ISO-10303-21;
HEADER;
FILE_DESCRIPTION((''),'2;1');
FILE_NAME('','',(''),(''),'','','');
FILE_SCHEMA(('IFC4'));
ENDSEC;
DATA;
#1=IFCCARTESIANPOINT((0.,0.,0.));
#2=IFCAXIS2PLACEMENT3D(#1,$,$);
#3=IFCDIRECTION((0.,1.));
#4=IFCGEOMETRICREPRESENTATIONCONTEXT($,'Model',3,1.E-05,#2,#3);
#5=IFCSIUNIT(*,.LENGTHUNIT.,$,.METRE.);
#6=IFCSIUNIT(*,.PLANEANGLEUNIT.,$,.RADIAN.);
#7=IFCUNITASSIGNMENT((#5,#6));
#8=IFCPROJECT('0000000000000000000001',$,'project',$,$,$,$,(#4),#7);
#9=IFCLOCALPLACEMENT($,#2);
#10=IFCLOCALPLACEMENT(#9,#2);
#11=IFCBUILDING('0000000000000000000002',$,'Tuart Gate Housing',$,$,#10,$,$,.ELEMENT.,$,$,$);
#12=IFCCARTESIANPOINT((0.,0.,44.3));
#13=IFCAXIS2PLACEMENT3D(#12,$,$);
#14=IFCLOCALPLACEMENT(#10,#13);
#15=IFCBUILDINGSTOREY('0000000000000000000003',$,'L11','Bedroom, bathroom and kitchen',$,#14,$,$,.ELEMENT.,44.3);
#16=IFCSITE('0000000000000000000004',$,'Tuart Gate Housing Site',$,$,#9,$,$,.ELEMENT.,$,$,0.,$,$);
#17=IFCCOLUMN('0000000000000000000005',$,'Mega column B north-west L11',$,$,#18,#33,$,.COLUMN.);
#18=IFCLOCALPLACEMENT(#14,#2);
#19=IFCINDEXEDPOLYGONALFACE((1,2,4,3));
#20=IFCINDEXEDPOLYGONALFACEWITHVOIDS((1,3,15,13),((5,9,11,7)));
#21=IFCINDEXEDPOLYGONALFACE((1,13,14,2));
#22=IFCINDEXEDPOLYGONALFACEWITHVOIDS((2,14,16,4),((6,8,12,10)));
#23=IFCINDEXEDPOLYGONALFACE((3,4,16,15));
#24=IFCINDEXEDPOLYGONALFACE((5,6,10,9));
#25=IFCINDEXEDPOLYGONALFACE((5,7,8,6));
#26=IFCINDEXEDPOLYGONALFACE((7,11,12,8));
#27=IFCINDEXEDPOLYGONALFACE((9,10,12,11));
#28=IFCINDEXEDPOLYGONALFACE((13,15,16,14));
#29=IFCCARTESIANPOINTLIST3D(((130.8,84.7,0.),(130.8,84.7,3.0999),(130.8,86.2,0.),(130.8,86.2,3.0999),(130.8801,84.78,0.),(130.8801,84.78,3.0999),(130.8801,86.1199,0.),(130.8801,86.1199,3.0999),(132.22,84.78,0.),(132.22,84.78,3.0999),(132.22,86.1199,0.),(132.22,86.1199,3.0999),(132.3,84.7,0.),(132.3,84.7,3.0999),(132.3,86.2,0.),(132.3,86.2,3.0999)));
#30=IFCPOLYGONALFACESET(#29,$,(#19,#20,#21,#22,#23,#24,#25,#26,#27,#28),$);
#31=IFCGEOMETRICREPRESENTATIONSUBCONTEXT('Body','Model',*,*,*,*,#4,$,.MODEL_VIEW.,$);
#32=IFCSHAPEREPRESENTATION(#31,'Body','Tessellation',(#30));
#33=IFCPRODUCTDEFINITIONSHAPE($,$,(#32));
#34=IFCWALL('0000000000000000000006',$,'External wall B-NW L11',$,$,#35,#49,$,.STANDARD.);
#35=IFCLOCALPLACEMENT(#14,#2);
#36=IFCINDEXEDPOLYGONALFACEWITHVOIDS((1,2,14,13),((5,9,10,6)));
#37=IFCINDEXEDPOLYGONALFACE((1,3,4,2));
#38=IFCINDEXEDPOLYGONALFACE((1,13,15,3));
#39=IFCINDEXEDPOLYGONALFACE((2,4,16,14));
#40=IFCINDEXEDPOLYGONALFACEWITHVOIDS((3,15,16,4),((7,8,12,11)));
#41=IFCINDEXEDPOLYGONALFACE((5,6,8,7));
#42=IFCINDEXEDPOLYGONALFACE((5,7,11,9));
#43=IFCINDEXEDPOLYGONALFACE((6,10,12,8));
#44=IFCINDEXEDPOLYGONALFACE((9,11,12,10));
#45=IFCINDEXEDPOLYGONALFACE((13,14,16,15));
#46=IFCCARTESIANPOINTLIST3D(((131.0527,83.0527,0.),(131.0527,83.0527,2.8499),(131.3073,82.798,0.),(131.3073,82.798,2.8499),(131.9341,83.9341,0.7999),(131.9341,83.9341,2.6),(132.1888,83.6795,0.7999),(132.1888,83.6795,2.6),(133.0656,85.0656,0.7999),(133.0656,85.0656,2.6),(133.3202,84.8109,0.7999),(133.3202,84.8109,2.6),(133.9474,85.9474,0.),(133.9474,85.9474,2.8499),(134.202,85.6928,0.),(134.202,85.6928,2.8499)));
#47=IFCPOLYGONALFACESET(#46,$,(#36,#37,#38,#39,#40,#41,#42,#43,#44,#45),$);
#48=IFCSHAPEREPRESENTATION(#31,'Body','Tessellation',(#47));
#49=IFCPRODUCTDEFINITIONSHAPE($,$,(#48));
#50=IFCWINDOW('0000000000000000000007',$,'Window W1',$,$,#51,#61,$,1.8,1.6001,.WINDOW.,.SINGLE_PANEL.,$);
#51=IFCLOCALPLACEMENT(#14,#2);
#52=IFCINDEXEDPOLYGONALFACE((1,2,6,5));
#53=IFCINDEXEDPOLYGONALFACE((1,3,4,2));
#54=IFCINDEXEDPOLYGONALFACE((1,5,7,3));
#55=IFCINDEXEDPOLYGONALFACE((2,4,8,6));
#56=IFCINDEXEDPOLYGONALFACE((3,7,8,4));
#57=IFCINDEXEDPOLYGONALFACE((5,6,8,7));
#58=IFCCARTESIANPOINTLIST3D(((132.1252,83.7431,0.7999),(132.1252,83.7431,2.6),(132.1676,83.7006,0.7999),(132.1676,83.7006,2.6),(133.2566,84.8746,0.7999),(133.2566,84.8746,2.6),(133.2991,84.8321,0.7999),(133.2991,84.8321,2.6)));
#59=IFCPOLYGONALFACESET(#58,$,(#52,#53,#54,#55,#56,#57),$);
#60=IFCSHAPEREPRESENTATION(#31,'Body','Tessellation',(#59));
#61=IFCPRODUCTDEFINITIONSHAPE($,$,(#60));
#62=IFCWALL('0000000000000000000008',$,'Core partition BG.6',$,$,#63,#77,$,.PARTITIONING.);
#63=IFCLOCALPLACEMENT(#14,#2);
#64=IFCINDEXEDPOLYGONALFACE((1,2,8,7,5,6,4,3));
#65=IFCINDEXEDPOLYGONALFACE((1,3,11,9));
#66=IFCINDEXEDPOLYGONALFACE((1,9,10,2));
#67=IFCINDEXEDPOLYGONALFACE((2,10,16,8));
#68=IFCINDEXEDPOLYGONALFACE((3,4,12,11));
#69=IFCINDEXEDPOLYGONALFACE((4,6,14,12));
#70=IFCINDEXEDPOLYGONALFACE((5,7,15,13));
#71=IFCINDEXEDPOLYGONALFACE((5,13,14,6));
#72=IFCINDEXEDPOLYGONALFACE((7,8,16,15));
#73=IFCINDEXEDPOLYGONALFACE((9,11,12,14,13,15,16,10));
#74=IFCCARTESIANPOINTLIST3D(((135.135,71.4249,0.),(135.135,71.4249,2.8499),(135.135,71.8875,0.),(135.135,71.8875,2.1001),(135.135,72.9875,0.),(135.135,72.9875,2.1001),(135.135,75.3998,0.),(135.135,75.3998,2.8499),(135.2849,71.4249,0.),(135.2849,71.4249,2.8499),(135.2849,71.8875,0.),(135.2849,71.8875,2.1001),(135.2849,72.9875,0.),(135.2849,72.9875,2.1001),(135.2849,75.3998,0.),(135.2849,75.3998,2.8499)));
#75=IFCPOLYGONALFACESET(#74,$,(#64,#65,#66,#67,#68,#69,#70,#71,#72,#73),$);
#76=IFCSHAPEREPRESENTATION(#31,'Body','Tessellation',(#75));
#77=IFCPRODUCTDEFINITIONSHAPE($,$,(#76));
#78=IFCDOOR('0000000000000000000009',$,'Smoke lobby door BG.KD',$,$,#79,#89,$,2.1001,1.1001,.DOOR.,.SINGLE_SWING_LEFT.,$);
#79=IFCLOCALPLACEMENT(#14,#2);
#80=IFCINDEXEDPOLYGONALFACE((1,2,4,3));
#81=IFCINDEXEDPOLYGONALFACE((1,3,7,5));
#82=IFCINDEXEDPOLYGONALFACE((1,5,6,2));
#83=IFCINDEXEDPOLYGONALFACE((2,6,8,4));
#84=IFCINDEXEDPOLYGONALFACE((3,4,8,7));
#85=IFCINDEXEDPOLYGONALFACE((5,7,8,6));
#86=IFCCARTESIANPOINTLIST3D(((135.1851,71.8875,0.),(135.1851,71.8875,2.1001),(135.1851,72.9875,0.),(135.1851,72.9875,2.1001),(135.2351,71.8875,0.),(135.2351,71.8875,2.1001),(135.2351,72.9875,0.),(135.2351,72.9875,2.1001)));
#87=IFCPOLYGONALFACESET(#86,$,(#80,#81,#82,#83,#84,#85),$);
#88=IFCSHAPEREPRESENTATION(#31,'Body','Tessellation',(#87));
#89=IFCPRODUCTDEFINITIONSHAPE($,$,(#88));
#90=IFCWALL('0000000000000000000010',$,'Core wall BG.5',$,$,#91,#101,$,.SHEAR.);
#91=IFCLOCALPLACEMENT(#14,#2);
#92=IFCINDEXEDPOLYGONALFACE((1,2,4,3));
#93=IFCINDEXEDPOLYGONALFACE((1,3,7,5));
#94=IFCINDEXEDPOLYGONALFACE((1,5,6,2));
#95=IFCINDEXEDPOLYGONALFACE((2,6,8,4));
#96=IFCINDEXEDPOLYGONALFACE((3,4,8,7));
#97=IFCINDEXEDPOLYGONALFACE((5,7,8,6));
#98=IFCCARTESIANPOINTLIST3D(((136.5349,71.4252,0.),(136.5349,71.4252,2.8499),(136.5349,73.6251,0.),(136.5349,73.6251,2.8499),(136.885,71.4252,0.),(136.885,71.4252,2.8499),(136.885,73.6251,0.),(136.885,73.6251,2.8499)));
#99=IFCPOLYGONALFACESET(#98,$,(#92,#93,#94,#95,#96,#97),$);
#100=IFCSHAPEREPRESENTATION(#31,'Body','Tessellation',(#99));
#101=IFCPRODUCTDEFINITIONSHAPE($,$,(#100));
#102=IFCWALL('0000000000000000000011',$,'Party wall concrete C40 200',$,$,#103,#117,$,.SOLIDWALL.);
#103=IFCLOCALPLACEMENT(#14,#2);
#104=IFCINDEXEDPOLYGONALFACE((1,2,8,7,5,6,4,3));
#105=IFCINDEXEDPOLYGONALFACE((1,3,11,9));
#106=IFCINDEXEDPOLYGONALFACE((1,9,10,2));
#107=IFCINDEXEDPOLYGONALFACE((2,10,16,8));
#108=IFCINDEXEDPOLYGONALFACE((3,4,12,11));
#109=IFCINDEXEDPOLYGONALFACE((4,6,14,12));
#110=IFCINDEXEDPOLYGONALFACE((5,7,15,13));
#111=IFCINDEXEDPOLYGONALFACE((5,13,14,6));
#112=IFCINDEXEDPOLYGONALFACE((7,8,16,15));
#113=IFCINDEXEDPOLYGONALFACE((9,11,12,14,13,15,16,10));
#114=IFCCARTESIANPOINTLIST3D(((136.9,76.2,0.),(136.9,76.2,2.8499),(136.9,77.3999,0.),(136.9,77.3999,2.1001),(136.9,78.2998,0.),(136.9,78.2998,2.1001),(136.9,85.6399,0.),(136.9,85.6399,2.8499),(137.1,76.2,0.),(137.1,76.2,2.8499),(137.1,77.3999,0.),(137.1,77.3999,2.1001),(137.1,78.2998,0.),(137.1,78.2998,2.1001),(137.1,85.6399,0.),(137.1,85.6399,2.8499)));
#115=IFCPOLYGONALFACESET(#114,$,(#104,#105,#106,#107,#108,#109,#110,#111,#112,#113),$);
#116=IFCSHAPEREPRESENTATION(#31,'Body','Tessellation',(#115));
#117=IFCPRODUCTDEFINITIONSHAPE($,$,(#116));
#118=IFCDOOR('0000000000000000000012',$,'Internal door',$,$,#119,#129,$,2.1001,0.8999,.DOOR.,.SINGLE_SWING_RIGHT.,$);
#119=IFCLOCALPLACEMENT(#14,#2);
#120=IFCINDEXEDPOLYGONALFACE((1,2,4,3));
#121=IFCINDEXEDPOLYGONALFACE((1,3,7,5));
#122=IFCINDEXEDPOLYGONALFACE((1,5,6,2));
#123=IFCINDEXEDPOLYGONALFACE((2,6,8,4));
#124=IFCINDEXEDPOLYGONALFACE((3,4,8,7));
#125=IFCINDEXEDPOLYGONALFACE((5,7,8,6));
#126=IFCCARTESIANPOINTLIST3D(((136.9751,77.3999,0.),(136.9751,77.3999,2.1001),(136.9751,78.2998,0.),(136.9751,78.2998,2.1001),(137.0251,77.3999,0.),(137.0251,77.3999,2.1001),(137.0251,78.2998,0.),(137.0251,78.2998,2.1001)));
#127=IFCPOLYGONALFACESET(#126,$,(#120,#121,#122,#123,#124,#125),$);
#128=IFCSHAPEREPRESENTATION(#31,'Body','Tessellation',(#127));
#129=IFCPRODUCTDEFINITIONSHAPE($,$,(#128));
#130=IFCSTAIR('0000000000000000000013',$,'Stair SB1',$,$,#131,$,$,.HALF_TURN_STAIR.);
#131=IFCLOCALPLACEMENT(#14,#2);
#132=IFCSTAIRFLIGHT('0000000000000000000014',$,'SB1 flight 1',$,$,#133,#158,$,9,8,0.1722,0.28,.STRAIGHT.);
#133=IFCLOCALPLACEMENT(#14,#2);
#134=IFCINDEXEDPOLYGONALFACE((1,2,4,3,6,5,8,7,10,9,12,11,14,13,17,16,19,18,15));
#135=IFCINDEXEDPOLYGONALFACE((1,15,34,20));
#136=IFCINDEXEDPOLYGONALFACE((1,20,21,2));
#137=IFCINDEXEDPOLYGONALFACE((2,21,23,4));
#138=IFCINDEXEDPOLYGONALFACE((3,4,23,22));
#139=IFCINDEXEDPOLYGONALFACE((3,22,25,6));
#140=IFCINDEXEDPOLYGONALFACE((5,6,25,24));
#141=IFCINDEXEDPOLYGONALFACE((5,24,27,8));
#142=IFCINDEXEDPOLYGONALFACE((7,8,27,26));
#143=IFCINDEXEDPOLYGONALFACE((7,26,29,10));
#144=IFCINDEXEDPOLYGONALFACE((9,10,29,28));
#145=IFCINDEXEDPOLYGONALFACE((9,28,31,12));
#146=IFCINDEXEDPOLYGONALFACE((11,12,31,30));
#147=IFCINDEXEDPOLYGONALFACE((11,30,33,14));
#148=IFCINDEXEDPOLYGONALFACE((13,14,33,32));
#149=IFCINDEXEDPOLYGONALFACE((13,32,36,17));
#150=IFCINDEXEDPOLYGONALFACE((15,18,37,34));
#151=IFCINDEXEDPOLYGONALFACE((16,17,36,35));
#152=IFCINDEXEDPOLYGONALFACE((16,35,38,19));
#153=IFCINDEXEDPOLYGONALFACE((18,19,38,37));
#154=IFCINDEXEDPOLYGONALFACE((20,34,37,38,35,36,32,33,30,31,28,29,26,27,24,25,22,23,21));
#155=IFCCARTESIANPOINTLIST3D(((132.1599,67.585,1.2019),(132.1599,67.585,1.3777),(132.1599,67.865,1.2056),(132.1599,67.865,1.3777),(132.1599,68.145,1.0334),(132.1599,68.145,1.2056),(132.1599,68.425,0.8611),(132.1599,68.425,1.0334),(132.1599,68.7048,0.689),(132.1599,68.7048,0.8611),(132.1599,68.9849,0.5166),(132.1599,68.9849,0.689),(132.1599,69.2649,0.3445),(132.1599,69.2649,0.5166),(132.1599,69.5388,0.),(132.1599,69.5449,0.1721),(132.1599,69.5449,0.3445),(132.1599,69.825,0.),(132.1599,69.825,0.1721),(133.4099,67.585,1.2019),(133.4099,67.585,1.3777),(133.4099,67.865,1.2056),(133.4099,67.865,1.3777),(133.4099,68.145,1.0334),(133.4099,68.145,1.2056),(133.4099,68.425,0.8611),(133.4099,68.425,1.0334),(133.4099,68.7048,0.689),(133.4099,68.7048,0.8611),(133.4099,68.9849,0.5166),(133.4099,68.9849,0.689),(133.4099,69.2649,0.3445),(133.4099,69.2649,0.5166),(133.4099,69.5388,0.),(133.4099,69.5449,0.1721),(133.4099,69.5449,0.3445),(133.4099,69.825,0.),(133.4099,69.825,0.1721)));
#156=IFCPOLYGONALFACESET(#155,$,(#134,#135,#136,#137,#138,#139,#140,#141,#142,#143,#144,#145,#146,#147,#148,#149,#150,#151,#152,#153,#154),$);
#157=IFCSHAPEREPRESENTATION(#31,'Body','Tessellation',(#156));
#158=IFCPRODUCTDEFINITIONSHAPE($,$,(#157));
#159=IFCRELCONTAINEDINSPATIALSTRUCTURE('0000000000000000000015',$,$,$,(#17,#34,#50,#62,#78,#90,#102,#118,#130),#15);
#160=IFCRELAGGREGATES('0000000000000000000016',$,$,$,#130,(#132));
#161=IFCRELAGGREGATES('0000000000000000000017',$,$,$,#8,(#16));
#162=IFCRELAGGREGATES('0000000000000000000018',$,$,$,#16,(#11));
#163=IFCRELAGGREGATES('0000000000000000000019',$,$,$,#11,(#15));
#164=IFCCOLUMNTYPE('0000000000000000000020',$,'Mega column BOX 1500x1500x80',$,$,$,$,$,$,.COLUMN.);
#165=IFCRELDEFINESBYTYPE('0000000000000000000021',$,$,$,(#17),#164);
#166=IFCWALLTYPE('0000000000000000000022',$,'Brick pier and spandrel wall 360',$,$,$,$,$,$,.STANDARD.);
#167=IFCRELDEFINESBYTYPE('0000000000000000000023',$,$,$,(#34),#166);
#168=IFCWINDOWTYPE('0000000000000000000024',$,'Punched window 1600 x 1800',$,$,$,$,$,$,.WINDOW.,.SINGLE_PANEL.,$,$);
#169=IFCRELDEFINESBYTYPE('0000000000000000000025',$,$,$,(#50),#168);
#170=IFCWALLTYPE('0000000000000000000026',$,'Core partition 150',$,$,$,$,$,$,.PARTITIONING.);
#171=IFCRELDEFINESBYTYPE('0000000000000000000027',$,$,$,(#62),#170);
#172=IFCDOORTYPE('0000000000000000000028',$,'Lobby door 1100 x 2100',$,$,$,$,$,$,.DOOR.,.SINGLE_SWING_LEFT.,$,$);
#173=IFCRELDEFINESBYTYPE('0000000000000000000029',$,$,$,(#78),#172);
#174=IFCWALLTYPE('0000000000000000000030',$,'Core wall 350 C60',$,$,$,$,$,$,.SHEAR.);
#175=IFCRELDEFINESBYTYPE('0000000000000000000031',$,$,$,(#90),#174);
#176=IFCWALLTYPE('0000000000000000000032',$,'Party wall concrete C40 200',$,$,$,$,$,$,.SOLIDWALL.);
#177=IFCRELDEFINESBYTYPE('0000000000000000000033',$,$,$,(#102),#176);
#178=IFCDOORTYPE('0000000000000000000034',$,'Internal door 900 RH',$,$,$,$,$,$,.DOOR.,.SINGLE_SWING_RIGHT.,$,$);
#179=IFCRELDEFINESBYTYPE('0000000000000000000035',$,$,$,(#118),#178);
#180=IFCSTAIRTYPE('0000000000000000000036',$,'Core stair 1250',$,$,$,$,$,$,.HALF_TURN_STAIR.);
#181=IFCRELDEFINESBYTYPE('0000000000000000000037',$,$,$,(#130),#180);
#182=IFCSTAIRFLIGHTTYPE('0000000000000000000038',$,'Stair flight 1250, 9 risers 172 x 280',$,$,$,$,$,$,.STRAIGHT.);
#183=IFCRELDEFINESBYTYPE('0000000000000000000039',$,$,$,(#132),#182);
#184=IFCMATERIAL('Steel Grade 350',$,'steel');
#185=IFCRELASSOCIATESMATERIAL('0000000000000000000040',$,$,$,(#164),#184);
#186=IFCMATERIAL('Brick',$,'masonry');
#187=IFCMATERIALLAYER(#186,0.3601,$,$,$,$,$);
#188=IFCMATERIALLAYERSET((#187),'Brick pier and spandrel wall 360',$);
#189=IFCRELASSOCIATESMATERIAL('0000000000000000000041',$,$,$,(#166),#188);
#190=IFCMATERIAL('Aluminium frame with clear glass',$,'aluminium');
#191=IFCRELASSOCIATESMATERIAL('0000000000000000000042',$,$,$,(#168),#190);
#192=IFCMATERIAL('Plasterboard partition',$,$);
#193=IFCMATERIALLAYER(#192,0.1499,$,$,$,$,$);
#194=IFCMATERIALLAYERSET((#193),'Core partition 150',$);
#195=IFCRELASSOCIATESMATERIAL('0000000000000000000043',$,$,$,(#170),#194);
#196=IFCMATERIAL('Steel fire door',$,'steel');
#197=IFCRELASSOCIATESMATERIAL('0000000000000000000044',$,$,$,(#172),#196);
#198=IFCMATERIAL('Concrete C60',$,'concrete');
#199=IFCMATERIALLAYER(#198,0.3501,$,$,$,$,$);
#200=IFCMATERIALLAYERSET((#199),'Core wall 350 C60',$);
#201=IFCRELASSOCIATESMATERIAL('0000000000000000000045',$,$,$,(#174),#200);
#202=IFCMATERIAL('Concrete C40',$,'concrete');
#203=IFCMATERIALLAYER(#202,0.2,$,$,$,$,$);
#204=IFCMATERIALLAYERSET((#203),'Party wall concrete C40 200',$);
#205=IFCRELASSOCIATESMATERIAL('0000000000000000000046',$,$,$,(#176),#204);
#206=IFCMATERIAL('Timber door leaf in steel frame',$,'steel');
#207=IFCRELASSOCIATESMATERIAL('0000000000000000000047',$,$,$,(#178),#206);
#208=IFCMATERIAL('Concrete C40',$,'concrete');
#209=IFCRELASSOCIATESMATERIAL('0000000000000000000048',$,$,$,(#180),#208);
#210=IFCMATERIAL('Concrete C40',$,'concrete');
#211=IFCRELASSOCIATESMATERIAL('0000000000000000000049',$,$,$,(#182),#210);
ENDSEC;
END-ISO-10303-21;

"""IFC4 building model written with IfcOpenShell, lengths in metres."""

from ifc_helpers import new_model, si_unit, direction, frame, frame_2d, origin, origin_2d, place, context, subcontext, project, spatial, polyline, rectangle, hollow_rectangle, outline, extrude, material, layer, layer_set, material_profile, profile_set, type_object, element, fill, aggregate, save


model = new_model("IFC4")

# Units and contexts
model_context = context("Model", 3, precision=1e-05, world=origin(), true_north=direction((0.0, 1.0)))
body_context = subcontext(model_context, "Body", "Model", "MODEL_VIEW")
ifc_project = project(units=[si_unit("LENGTHUNIT", "METRE"), si_unit("PLANEANGLEUNIT", "RADIAN")], contexts=[model_context])

# Site, building, storey
site_placement = place(None, origin())
site = spatial("IfcSite", under=ifc_project, at=site_placement, Name="Tuart Gate Housing Site", CompositionType="ELEMENT", RefElevation=0.0)
building_placement = place(site_placement, origin())
building = spatial("IfcBuilding", under=site, at=building_placement, Name="Tuart Gate Housing", CompositionType="ELEMENT")
storey_placement = place(building_placement, frame((0.0, 0.0, 44.3)))
storey = spatial("IfcBuildingStorey", under=building, at=storey_placement, Name="L11", Description="Bedroom, bathroom and kitchen", CompositionType="ELEMENT", Elevation=44.3)

# Column
ifc_material_1 = material(Name="Steel Grade 350", Category="steel")
ifc_material_profile = material_profile(ifc_material_1, hollow_rectangle(XDim=1.5, YDim=1.5, WallThickness=0.0801, at=origin_2d()), Name="BOX 1500x1500x80")
ifc_profile_set = profile_set([ifc_material_profile], Name="Steel Grade 350")
column_type = type_object("IfcColumnType", Name="Mega column BOX 1500x1500x80", PredefinedType="COLUMN", material=ifc_profile_set)
column_placement = place(storey_placement, frame((131.55, 85.45, 0.0), z_axis=(0.0, 0.0, 1.0), x_axis=(1.0, 0.0, 0.0)))
element("IfcColumn", 1, at=column_placement, inside=storey, type_object=column_type, Name="Mega column B north-west L11", PredefinedType="COLUMN", context=body_context, shape_type="SweptSolid", body=[
    extrude(hollow_rectangle(XDim=1.5, YDim=1.5, WallThickness=0.0801, at=origin_2d()), origin(), (0.0, 0.0, 1.0), 3.0999),
])

# Wall, opening, window
ifc_material_2 = material(Name="Brick", Category="masonry")
ifc_layer_1 = layer(ifc_material_2, 0.3601)
ifc_layer_set_1 = layer_set([ifc_layer_1], Name="Brick pier and spandrel wall 360")
wall_type_1 = type_object("IfcWallType", Name="Brick pier and spandrel wall 360", PredefinedType="STANDARD", material=ifc_layer_set_1)
wall_1_placement = place(storey_placement, frame((134.0747, 85.8201, 0.0), z_axis=(0.0, 0.0, 1.0), x_axis=(-0.707107, -0.707107, 0.0)))
wall_1 = element("IfcWall", 2, at=wall_1_placement, inside=storey, type_object=wall_type_1, Name="External wall B-NW L11", PredefinedType="STANDARD", context=body_context, shape_type="SweptSolid", body=[
    extrude(rectangle(XDim=4.0938, YDim=0.3601, at=frame_2d((2.0469, 0.0))), origin(), (0.0, 0.0, 1.0), 2.8499),
])
opening_1_placement = place(wall_1_placement, frame((1.2471, 0.0, 0.8)))
opening_1 = element("IfcOpeningElement", 3, at=opening_1_placement, cuts=wall_1, PredefinedType="OPENING", context=body_context, shape_type="SweptSolid", body=[
    extrude(rectangle(XDim=1.6001, YDim=1.8, at=frame_2d((0.8, 0.8999))), frame((0.0, 0.1899, 0.0), z_axis=(0.0, -1.0, 0.0), x_axis=(1.0, 0.0, 0.0)), (0.0, 0.0, 1.0), 0.3801),
])
ifc_material_3 = material(Name="Aluminium frame with clear glass", Category="aluminium")
window_type = type_object("IfcWindowType", Name="Punched window 1600 x 1800", PartitioningType="SINGLE_PANEL", PredefinedType="WINDOW", material=ifc_material_3)
window_placement = place(opening_1_placement, origin())
window = element("IfcWindow", 4, at=window_placement, inside=storey, type_object=window_type, Name="Window W1", OverallHeight=1.8, OverallWidth=1.6001, PartitioningType="SINGLE_PANEL", PredefinedType="WINDOW", context=body_context, shape_type="SweptSolid", body=[
    extrude(rectangle(XDim=1.6001, YDim=1.8, at=frame_2d((0.8, 0.8999))), frame((0.0, 0.1501, 0.0), z_axis=(0.0, -1.0, 0.0), x_axis=(1.0, 0.0, 0.0)), (0.0, 0.0, 1.0), 0.0601),
])
fill(opening_1, window)

# Wall, opening, door
ifc_material_4 = material(Name="Plasterboard partition")
ifc_layer_2 = layer(ifc_material_4, 0.1499)
ifc_layer_set_2 = layer_set([ifc_layer_2], Name="Core partition 150")
wall_type_2 = type_object("IfcWallType", Name="Core partition 150", PredefinedType="PARTITIONING", material=ifc_layer_set_2)
wall_2_placement = place(storey_placement, frame((135.21, 71.425, 0.0), z_axis=(0.0, 0.0, 1.0), x_axis=(0.0, 1.0, 0.0)))
wall_2 = element("IfcWall", 5, at=wall_2_placement, inside=storey, type_object=wall_type_2, Name="Core partition BG.6", PredefinedType="PARTITIONING", context=body_context, shape_type="SweptSolid", body=[
    extrude(rectangle(XDim=3.9749, YDim=0.1499, at=frame_2d((1.9873, 0.0))), origin(), (0.0, 0.0, 1.0), 2.8499),
])
opening_2_placement = place(wall_2_placement, frame((0.4624, 0.0, 0.0)))
opening_2 = element("IfcOpeningElement", 6, at=opening_2_placement, cuts=wall_2, PredefinedType="OPENING", context=body_context, shape_type="SweptSolid", body=[
    extrude(rectangle(XDim=1.1001, YDim=2.1001, at=frame_2d((0.55, 1.05))), frame((0.0, 0.085, 0.0), z_axis=(0.0, -1.0, 0.0), x_axis=(1.0, 0.0, 0.0)), (0.0, 0.0, 1.0), 0.1699),
])
ifc_material_5 = material(Name="Steel fire door", Category="steel")
door_type_1 = type_object("IfcDoorType", Name="Lobby door 1100 x 2100", OperationType="SINGLE_SWING_LEFT", PredefinedType="DOOR", material=ifc_material_5)
door_1_placement = place(opening_2_placement, origin())
door_1 = element("IfcDoor", 7, at=door_1_placement, inside=storey, type_object=door_type_1, Name="Smoke lobby door BG.KD", OperationType="SINGLE_SWING_LEFT", OverallHeight=2.1001, OverallWidth=1.1001, PredefinedType="DOOR", context=body_context, shape_type="SweptSolid", body=[
    extrude(rectangle(XDim=1.1001, YDim=2.1001, at=frame_2d((0.55, 1.05))), frame((0.0, 0.0249, 0.0), z_axis=(0.0, -1.0, 0.0), x_axis=(1.0, 0.0, 0.0)), (0.0, 0.0, 1.0), 0.05),
])
fill(opening_2, door_1)

# Wall
ifc_material_6 = material(Name="Concrete C60", Category="concrete")
ifc_layer_3 = layer(ifc_material_6, 0.3501)
ifc_layer_set_3 = layer_set([ifc_layer_3], Name="Core wall 350 C60")
wall_type_3 = type_object("IfcWallType", Name="Core wall 350 C60", PredefinedType="SHEAR", material=ifc_layer_set_3)
wall_3_placement = place(storey_placement, frame((136.71, 71.425, 0.0), z_axis=(0.0, 0.0, 1.0), x_axis=(0.0, 1.0, 0.0)))
element("IfcWall", 8, at=wall_3_placement, inside=storey, type_object=wall_type_3, Name="Core wall BG.5", PredefinedType="SHEAR", context=body_context, shape_type="SweptSolid", body=[
    extrude(rectangle(XDim=2.2, YDim=0.3501, at=frame_2d((1.1001, 0.0))), origin(), (0.0, 0.0, 1.0), 2.8499),
])

# Wall, opening, door
ifc_material_7 = material(Name="Concrete C40", Category="concrete")
ifc_layer_4 = layer(ifc_material_7, 0.2)
ifc_layer_set_4 = layer_set([ifc_layer_4], Name="Party wall concrete C40 200")
wall_type_4 = type_object("IfcWallType", Name="Party wall concrete C40 200", PredefinedType="SOLIDWALL", material=ifc_layer_set_4)
wall_4_placement = place(storey_placement, frame((137.0, 76.2, 0.0), z_axis=(0.0, 0.0, 1.0), x_axis=(0.0, 1.0, 0.0)))
wall_4 = element("IfcWall", 9, at=wall_4_placement, inside=storey, type_object=wall_type_4, Name="Party wall concrete C40 200", PredefinedType="SOLIDWALL", context=body_context, shape_type="SweptSolid", body=[
    extrude(rectangle(XDim=9.4399, YDim=0.2, at=frame_2d((4.72, 0.0))), origin(), (0.0, 0.0, 1.0), 2.8499),
])
opening_3_placement = place(wall_4_placement, frame((1.2, 0.0, 0.0)))
opening_3 = element("IfcOpeningElement", 10, at=opening_3_placement, cuts=wall_4, PredefinedType="OPENING", context=body_context, shape_type="SweptSolid", body=[
    extrude(rectangle(XDim=0.8999, YDim=2.1001, at=frame_2d((0.45, 1.05))), frame((0.0, 0.1099, 0.0), z_axis=(0.0, -1.0, 0.0), x_axis=(1.0, 0.0, 0.0)), (0.0, 0.0, 1.0), 0.22),
])
ifc_material_8 = material(Name="Timber door leaf in steel frame", Category="steel")
door_type_2 = type_object("IfcDoorType", Name="Internal door 900 RH", OperationType="SINGLE_SWING_RIGHT", PredefinedType="DOOR", material=ifc_material_8)
door_2_placement = place(opening_3_placement, frame((0.8999, 0.0, 0.0), z_axis=(0.0, 0.0, 1.0), x_axis=(-1.0, 0.0, 0.0)))
door_2 = element("IfcDoor", 11, at=door_2_placement, inside=storey, type_object=door_type_2, Name="Internal door", OperationType="SINGLE_SWING_RIGHT", OverallHeight=2.1001, OverallWidth=0.8999, PredefinedType="DOOR", context=body_context, shape_type="SweptSolid", body=[
    extrude(rectangle(XDim=0.8999, YDim=2.1001, at=frame_2d((0.45, 1.05))), frame((0.0, 0.0251, 0.0), z_axis=(0.0, -1.0, 0.0), x_axis=(1.0, 0.0, 0.0)), (0.0, 0.0, 1.0), 0.05),
])
fill(opening_3, door_2)

# Stair, stair flight
ifc_material_9 = material(Name="Concrete C40", Category="concrete")
stair_type = type_object("IfcStairType", Name="Core stair 1250", PredefinedType="HALF_TURN_STAIR", material=ifc_material_9)
stair_placement = place(storey_placement, origin())
stair = element("IfcStair", 12, at=stair_placement, inside=storey, type_object=stair_type, Name="Stair SB1", PredefinedType="HALF_TURN_STAIR")
ifc_material_10 = material(Name="Concrete C40", Category="concrete")
stair_flight_type = type_object("IfcStairFlightType", Name="Stair flight 1250, 9 risers 172 x 280", PredefinedType="STRAIGHT", material=ifc_material_10)
stair_flight_placement = place(storey_placement, frame((132.7849, 69.825, 0.0), z_axis=(0.0, 0.0, 1.0), x_axis=(0.0, -1.0, 0.0)))
stair_flight = element("IfcStairFlight", 13, at=stair_flight_placement, type_object=stair_flight_type, Name="SB1 flight 1", NumberOfRisers=9, NumberOfTreads=8, PredefinedType="STRAIGHT", RiserHeight=0.1722, TreadLength=0.28, context=body_context, shape_type="SweptSolid", body=[
    extrude(outline(polyline([(0.0, 0.0), (0.0, 0.1721), (0.28, 0.1721), (0.28, 0.3445), (0.5601, 0.3445), (0.5601, 0.5166), (0.8401, 0.5166), (0.8401, 0.689), (1.1201, 0.689), (1.1201, 0.8611), (1.3999, 0.8611), (1.3999, 1.0334), (1.6799, 1.0334), (1.6799, 1.2056), (1.96, 1.2056), (1.96, 1.3777), (2.24, 1.3777), (2.24, 1.55), (2.24, 1.2019), (0.2861, 0.0), (0.0, 0.0)])), frame((0.0, 0.625, 0.0), z_axis=(0.0, -1.0, 0.0), x_axis=(1.0, 0.0, 0.0)), (0.0, 0.0, 1.0), 1.25),
])
aggregate(stair, [stair_flight])

save(model, "model.ifc")
